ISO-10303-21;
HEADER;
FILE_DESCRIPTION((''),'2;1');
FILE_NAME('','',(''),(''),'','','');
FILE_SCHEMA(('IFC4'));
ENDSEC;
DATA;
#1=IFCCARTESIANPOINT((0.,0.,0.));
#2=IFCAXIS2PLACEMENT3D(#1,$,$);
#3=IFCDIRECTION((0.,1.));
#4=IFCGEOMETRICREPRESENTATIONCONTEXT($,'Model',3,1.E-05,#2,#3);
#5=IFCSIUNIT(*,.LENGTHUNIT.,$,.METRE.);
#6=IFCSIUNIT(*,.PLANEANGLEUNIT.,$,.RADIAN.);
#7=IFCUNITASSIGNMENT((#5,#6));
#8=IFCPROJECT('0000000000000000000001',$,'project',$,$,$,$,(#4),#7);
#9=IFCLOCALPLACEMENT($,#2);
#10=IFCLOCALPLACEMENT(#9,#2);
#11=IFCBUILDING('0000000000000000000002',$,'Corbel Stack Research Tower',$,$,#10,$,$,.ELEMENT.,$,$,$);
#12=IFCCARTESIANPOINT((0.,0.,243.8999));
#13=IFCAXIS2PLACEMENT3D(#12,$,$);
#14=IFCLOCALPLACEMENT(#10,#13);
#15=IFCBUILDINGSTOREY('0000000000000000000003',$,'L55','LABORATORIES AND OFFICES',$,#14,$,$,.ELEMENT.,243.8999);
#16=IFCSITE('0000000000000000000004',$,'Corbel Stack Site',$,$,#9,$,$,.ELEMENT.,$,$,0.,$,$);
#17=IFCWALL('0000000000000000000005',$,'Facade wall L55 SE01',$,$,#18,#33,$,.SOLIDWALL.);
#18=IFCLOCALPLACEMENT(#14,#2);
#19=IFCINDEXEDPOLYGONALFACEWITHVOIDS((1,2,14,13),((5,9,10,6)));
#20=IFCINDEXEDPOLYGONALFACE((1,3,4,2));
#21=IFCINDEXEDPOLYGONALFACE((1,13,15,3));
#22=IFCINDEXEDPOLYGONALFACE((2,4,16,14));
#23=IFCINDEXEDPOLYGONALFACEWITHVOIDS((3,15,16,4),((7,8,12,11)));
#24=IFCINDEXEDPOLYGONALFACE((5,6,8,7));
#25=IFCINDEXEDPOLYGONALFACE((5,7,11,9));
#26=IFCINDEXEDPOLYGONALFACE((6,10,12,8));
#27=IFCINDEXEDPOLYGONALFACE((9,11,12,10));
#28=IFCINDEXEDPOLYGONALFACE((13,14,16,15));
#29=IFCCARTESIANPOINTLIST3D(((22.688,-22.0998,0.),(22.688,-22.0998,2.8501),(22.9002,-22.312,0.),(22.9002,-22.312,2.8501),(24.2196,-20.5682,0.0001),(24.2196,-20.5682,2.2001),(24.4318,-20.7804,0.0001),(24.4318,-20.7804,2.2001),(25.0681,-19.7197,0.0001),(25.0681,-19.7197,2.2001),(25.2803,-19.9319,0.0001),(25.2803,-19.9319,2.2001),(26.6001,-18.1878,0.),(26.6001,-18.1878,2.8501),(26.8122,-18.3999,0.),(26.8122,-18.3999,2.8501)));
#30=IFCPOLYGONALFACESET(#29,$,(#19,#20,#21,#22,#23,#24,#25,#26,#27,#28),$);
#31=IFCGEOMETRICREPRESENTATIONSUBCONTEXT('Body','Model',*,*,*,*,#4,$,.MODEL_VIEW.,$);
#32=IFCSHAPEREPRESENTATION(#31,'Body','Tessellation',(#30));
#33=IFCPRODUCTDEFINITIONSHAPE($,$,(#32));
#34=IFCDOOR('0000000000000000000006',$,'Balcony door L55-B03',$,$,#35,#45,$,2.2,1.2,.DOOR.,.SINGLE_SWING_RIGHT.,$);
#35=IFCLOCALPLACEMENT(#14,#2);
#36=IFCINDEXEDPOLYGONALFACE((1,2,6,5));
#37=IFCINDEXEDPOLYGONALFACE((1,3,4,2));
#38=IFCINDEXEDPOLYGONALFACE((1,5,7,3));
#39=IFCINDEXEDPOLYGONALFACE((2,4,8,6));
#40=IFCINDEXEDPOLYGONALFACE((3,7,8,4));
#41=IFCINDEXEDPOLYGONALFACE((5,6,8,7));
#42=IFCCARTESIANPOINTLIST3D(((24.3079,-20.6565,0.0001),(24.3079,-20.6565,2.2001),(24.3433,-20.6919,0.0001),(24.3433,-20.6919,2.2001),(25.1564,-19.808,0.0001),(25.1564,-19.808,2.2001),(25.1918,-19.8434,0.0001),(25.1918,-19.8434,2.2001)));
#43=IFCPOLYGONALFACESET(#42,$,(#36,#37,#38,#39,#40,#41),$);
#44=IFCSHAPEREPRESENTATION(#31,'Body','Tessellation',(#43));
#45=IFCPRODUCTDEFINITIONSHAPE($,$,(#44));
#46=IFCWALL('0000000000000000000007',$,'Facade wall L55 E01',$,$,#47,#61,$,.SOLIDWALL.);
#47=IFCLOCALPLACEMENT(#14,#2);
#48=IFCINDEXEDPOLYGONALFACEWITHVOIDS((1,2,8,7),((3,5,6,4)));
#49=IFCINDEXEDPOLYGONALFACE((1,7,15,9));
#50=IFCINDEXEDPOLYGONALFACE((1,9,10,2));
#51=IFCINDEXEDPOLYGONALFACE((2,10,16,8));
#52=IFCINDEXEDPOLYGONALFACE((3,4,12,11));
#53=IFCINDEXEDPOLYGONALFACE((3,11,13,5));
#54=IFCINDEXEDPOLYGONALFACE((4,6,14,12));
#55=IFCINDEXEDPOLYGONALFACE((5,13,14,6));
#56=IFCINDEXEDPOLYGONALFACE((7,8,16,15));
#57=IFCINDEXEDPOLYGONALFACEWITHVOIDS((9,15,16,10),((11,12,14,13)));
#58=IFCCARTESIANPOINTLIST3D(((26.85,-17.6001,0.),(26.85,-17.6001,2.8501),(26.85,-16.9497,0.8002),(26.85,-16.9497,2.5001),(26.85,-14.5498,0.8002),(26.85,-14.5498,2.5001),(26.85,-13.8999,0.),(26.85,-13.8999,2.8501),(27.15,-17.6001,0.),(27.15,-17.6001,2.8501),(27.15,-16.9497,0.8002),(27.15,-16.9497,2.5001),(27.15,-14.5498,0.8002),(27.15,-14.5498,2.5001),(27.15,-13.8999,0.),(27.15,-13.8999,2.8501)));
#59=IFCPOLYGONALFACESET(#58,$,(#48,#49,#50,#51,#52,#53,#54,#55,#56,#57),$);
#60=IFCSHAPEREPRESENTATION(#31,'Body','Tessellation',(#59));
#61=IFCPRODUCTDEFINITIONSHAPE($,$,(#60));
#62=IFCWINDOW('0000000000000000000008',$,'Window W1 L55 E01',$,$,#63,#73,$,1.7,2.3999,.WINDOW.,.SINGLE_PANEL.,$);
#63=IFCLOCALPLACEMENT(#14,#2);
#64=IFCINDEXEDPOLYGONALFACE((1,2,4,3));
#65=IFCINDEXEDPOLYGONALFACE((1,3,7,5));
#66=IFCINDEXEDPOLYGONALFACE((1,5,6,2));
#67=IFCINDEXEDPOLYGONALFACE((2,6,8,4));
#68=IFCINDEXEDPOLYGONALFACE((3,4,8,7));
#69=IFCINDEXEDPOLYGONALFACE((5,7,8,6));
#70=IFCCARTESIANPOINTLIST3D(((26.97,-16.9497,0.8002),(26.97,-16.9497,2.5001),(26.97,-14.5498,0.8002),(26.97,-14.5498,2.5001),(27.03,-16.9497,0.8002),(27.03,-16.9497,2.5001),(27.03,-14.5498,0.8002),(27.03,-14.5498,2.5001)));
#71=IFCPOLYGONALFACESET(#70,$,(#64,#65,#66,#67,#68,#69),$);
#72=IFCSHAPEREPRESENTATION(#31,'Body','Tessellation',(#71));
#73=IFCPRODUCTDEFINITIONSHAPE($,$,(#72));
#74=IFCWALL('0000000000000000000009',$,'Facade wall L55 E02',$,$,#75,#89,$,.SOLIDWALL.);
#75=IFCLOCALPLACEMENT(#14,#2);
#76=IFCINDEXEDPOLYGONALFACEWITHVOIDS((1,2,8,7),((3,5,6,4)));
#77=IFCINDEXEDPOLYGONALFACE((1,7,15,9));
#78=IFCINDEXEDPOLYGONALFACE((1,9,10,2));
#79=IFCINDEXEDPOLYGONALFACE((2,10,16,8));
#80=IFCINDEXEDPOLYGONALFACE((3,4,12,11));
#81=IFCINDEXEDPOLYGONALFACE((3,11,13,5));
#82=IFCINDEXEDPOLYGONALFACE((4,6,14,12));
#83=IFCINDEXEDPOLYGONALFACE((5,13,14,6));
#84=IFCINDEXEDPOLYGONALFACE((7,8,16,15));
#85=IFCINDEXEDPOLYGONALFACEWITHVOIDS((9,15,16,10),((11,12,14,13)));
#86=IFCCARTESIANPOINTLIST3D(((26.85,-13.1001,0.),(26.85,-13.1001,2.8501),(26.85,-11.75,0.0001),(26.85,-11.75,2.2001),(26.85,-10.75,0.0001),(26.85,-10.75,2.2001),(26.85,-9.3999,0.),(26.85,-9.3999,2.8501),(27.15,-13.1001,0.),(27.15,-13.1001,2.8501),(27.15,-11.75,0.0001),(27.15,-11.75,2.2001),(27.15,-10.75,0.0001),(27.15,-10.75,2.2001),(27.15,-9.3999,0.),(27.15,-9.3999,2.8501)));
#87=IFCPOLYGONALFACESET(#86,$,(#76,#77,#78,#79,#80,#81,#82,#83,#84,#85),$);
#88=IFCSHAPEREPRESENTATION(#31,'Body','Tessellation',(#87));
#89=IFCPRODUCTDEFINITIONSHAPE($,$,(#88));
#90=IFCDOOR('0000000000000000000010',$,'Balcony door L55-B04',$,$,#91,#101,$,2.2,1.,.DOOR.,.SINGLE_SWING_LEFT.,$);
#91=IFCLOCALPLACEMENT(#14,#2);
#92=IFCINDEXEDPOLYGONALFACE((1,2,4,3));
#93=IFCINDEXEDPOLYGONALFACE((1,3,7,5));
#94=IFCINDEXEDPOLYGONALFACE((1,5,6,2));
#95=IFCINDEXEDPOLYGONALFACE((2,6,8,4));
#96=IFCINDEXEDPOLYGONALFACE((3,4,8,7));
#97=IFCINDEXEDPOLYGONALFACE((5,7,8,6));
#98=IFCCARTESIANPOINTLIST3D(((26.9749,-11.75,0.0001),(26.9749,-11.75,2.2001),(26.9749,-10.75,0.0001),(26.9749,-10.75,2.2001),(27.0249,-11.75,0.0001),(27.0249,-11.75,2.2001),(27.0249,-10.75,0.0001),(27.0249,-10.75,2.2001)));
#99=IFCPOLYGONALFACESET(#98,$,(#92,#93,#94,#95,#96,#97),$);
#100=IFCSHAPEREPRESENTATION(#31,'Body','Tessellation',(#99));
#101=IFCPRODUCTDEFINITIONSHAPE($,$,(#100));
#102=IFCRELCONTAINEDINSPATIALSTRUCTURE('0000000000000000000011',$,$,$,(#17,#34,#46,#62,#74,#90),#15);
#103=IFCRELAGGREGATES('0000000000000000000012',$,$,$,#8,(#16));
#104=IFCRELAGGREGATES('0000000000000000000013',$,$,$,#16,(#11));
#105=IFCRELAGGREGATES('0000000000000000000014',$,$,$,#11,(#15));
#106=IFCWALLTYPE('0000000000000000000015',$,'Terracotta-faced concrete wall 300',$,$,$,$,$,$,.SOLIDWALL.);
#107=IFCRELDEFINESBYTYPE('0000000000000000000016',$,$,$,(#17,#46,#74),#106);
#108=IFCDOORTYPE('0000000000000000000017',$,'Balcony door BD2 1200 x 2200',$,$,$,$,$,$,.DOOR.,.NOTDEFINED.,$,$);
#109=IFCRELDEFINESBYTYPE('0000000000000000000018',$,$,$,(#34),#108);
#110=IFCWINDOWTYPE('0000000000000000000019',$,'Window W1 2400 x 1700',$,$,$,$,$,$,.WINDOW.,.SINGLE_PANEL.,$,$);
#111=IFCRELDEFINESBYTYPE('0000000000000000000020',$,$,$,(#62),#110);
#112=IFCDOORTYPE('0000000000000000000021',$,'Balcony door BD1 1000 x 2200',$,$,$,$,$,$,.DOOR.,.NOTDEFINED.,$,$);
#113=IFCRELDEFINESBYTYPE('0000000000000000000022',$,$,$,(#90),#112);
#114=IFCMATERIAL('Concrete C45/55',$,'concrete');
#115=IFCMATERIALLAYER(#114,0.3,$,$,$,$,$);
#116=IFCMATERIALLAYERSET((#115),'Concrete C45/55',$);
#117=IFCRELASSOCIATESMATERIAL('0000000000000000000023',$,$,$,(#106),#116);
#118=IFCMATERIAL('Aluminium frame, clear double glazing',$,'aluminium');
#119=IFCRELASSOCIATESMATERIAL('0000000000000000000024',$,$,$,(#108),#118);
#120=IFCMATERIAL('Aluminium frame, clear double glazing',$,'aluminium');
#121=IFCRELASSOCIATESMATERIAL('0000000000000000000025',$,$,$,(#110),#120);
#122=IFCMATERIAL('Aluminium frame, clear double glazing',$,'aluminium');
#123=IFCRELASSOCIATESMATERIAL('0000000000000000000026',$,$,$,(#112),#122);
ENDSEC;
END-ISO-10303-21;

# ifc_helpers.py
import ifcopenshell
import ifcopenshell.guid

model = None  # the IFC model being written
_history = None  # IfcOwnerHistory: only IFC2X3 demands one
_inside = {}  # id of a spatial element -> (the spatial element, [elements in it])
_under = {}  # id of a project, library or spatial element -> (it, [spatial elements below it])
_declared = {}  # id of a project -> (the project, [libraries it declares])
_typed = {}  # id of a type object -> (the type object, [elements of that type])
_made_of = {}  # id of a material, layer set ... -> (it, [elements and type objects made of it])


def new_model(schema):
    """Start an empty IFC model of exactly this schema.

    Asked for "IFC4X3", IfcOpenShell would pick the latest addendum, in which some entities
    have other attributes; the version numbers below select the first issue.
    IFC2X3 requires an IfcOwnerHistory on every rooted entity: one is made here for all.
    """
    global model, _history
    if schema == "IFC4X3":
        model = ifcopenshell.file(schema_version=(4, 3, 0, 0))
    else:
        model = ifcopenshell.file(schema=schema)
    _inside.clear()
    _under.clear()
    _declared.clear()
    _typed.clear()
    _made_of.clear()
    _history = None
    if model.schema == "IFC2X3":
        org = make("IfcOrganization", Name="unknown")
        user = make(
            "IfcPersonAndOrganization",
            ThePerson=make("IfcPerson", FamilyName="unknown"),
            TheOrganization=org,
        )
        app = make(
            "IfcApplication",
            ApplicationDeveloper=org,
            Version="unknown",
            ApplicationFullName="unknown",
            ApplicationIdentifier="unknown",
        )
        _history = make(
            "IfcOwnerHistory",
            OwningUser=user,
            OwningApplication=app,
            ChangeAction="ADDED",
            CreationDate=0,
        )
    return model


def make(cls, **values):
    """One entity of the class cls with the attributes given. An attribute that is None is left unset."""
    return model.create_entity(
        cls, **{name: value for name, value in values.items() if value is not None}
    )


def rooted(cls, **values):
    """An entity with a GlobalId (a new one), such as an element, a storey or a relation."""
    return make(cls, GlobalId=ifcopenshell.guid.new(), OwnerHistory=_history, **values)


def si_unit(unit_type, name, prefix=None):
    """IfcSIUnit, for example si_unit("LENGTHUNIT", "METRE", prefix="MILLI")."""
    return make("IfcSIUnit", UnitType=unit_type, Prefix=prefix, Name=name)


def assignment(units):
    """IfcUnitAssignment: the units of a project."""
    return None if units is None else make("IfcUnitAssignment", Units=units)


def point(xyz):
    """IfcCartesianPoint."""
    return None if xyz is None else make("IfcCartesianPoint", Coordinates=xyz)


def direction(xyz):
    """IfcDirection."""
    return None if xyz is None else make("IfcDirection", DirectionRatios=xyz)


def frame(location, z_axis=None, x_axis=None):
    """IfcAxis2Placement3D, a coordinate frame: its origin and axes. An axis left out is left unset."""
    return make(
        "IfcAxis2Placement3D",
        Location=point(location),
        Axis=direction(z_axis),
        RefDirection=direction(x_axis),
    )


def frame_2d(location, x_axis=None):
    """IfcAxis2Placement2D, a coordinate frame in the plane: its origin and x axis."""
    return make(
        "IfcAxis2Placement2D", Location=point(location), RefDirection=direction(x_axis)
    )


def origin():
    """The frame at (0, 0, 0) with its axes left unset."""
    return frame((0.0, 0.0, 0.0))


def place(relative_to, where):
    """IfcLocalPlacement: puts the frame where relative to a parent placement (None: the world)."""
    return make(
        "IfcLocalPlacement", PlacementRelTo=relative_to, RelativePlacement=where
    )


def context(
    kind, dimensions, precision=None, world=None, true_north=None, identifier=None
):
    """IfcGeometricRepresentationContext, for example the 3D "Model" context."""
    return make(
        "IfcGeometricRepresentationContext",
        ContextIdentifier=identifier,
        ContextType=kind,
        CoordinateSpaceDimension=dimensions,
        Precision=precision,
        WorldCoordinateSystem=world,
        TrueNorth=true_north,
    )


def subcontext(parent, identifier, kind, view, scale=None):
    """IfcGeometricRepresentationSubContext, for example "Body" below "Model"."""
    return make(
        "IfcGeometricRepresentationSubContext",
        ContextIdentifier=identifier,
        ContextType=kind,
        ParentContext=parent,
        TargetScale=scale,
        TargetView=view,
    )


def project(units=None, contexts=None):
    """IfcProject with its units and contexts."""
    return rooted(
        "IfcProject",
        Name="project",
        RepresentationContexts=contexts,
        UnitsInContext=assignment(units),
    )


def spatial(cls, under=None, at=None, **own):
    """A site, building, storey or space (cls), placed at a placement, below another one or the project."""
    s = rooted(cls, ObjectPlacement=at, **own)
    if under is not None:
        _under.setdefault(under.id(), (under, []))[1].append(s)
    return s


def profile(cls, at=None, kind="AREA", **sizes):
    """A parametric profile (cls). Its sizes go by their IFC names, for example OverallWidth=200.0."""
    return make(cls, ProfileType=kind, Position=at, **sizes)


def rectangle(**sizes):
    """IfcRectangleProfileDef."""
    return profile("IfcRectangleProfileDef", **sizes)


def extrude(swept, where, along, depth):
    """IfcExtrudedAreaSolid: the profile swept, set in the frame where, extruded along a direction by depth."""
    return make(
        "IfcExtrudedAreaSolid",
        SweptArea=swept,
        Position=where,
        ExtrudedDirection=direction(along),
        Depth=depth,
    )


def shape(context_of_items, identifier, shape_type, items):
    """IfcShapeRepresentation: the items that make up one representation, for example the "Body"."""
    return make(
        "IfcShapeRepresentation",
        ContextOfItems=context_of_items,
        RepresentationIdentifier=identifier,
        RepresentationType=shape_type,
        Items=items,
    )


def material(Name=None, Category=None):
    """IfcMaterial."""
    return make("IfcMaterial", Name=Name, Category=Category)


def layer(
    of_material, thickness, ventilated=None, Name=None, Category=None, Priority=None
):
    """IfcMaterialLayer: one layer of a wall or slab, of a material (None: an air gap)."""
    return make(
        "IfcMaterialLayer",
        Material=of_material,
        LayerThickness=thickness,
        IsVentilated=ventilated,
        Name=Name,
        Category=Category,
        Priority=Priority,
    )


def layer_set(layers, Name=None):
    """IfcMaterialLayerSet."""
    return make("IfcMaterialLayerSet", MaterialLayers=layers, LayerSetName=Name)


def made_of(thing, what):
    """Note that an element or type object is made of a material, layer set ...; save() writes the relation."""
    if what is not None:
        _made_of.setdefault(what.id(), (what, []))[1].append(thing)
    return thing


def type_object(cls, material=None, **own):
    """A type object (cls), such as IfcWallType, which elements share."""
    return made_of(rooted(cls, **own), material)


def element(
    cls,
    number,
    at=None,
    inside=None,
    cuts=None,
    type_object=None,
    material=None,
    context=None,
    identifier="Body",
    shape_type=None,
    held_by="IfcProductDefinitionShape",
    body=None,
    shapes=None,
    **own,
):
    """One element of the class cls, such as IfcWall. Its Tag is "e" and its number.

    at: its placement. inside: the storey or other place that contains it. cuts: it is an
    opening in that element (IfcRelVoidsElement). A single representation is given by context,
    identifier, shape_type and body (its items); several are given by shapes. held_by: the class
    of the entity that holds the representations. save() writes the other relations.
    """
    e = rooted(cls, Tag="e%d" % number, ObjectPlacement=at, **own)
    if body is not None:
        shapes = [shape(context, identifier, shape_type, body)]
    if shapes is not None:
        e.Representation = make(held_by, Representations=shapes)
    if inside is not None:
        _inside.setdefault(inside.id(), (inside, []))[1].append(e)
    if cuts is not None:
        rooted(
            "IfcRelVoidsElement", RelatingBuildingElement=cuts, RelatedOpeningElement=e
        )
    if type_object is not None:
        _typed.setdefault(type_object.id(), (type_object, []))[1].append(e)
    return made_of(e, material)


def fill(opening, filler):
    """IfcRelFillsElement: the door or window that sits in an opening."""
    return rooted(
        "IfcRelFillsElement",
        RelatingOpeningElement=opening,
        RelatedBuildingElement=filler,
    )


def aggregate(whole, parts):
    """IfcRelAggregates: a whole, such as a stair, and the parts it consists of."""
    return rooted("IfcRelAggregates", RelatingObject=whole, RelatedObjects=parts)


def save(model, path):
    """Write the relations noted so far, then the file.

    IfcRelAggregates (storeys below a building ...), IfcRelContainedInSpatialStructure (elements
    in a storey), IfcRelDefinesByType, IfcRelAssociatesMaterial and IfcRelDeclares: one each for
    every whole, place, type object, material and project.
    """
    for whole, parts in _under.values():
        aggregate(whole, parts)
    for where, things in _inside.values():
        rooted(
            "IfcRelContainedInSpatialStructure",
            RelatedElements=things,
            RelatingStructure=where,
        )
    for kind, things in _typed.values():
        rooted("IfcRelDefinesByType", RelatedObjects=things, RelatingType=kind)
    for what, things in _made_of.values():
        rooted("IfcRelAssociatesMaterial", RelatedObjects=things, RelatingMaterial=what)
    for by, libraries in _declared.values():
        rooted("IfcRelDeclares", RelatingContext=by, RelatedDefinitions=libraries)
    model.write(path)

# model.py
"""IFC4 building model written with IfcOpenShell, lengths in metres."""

from ifc_helpers import new_model, si_unit, direction, frame, frame_2d, origin, place, context, subcontext, project, spatial, rectangle, extrude, material, layer, layer_set, type_object, element, fill, save


model = new_model("IFC4")

# Units and contexts
model_context = context("Model", 3, precision=1e-05, world=origin(), true_north=direction((0.0, 1.0)))
body_context = subcontext(model_context, "Body", "Model", "MODEL_VIEW")
ifc_project = project(units=[si_unit("LENGTHUNIT", "METRE"), si_unit("PLANEANGLEUNIT", "RADIAN")], contexts=[model_context])

# Site, building, storey
site_placement = place(None, origin())
site = spatial("IfcSite", under=ifc_project, at=site_placement, Name="Corbel Stack Site", CompositionType="ELEMENT", RefElevation=0.0)
building_placement = place(site_placement, origin())
building = spatial("IfcBuilding", under=site, at=building_placement, Name="Corbel Stack Research Tower", CompositionType="ELEMENT")
storey_placement = place(building_placement, frame((0.0, 0.0, 243.8999)))
storey = spatial("IfcBuildingStorey", under=building, at=storey_placement, Name="L55", Description="LABORATORIES AND OFFICES", CompositionType="ELEMENT", Elevation=243.8999)

# Wall, opening, door
ifc_material_1 = material(Name="Concrete C45/55", Category="concrete")
ifc_layer_1 = layer(ifc_material_1, 0.3)
ifc_layer_set_1 = layer_set([ifc_layer_1], Name="Concrete C45/55")
wall_type_1 = type_object("IfcWallType", Name="Terracotta-faced concrete wall 300", PredefinedType="SOLIDWALL", material=ifc_layer_set_1)
wall_1_placement = place(storey_placement, frame((26.7061, -18.2939, 0.0), z_axis=(0.0, 0.0, 1.0), x_axis=(-0.707107, -0.707107, 0.0)))
wall_1 = element("IfcWall", 1, at=wall_1_placement, inside=storey, type_object=wall_type_1, Name="Facade wall L55 SE01", PredefinedType="SOLIDWALL", context=body_context, shape_type="SweptSolid", body=[
    extrude(rectangle(XDim=5.5325, YDim=0.3, at=frame_2d((2.7661, 0.0))), origin(), (0.0, 0.0, 1.0), 2.8501),
])
opening_1_placement = place(wall_1_placement, frame((2.1663, 0.0, 0.0)))
opening_1 = element("IfcOpeningElement", 2, at=opening_1_placement, cuts=wall_1, PredefinedType="OPENING", context=body_context, shape_type="SweptSolid", body=[
    extrude(rectangle(XDim=1.2, YDim=2.2, at=frame_2d((0.6001, 1.1001))), frame((0.0, 0.1599, 0.0), z_axis=(0.0, -1.0, 0.0), x_axis=(1.0, 0.0, 0.0)), (0.0, 0.0, 1.0), 0.3201),
])
ifc_material_2 = material(Name="Aluminium frame, clear double glazing", Category="aluminium")
door_type_1 = type_object("IfcDoorType", Name="Balcony door BD2 1200 x 2200", OperationType="NOTDEFINED", PredefinedType="DOOR", material=ifc_material_2)
door_1_placement = place(opening_1_placement, origin())
door_1 = element("IfcDoor", 3, at=door_1_placement, inside=storey, type_object=door_type_1, Name="Balcony door L55-B03", OperationType="SINGLE_SWING_RIGHT", OverallHeight=2.2, OverallWidth=1.2, PredefinedType="DOOR", context=body_context, shape_type="SweptSolid", body=[
    extrude(rectangle(XDim=1.2, YDim=2.2, at=frame_2d((0.6001, 1.1001))), frame((0.0, 0.0249, 0.0), z_axis=(0.0, -1.0, 0.0), x_axis=(1.0, 0.0, 0.0)), (0.0, 0.0, 1.0), 0.05),
])
fill(opening_1, door_1)

# Wall, opening, window
wall_2_placement = place(storey_placement, frame((27.0, -13.8999, 0.0), z_axis=(0.0, 0.0, 1.0), x_axis=(0.0, -1.0, 0.0)))
wall_2 = element("IfcWall", 4, at=wall_2_placement, inside=storey, type_object=wall_type_1, Name="Facade wall L55 E01", PredefinedType="SOLIDWALL", context=body_context, shape_type="SweptSolid", body=[
    extrude(rectangle(XDim=3.7002, YDim=0.3, at=frame_2d((1.8501, 0.0))), origin(), (0.0, 0.0, 1.0), 2.8501),
])
opening_2_placement = place(wall_2_placement, frame((0.6499, 0.0, 0.8)))
opening_2 = element("IfcOpeningElement", 5, at=opening_2_placement, cuts=wall_2, PredefinedType="OPENING", context=body_context, shape_type="SweptSolid", body=[
    extrude(rectangle(XDim=2.3999, YDim=1.7, at=frame_2d((1.2, 0.8501))), frame((0.0, 0.1599, 0.0), z_axis=(0.0, -1.0, 0.0), x_axis=(1.0, 0.0, 0.0)), (0.0, 0.0, 1.0), 0.3201),
])
ifc_material_3 = material(Name="Aluminium frame, clear double glazing", Category="aluminium")
window_type = type_object("IfcWindowType", Name="Window W1 2400 x 1700", PartitioningType="SINGLE_PANEL", PredefinedType="WINDOW", material=ifc_material_3)
window_placement = place(opening_2_placement, origin())
window = element("IfcWindow", 6, at=window_placement, inside=storey, type_object=window_type, Name="Window W1 L55 E01", OverallHeight=1.7, OverallWidth=2.3999, PartitioningType="SINGLE_PANEL", PredefinedType="WINDOW", context=body_context, shape_type="SweptSolid", body=[
    extrude(rectangle(XDim=2.3999, YDim=1.7, at=frame_2d((1.2, 0.8501))), frame((0.0, 0.03, 0.0), z_axis=(0.0, -1.0, 0.0), x_axis=(1.0, 0.0, 0.0)), (0.0, 0.0, 1.0), 0.0601),
])
fill(opening_2, window)

# Wall, opening, door
wall_3_placement = place(storey_placement, frame((27.0, -9.3999, 0.0), z_axis=(0.0, 0.0, 1.0), x_axis=(0.0, -1.0, 0.0)))
wall_3 = element("IfcWall", 7, at=wall_3_placement, inside=storey, type_object=wall_type_1, Name="Facade wall L55 E02", PredefinedType="SOLIDWALL", context=body_context, shape_type="SweptSolid", body=[
    extrude(rectangle(XDim=3.7002, YDim=0.3, at=frame_2d((1.8501, 0.0))), origin(), (0.0, 0.0, 1.0), 2.8501),
])
opening_3_placement = place(wall_3_placement, frame((1.3501, 0.0, 0.0)))
opening_3 = element("IfcOpeningElement", 8, at=opening_3_placement, cuts=wall_3, PredefinedType="OPENING", context=body_context, shape_type="SweptSolid", body=[
    extrude(rectangle(XDim=1.0, YDim=2.2, at=frame_2d((0.5, 1.1001))), frame((0.0, 0.1599, 0.0), z_axis=(0.0, -1.0, 0.0), x_axis=(1.0, 0.0, 0.0)), (0.0, 0.0, 1.0), 0.3201),
])
ifc_material_4 = material(Name="Aluminium frame, clear double glazing", Category="aluminium")
door_type_2 = type_object("IfcDoorType", Name="Balcony door BD1 1000 x 2200", OperationType="NOTDEFINED", PredefinedType="DOOR", material=ifc_material_4)
door_2_placement = place(opening_3_placement, origin())
door_2 = element("IfcDoor", 9, at=door_2_placement, inside=storey, type_object=door_type_2, Name="Balcony door L55-B04", OperationType="SINGLE_SWING_LEFT", OverallHeight=2.2, OverallWidth=1.0, PredefinedType="DOOR", context=body_context, shape_type="SweptSolid", body=[
    extrude(rectangle(XDim=1.0, YDim=2.2, at=frame_2d((0.5, 1.1001))), frame((0.0, 0.0249, 0.0), z_axis=(0.0, -1.0, 0.0), x_axis=(1.0, 0.0, 0.0)), (0.0, 0.0, 1.0), 0.05),
])
fill(opening_3, door_2)

save(model, "model.ifc")
